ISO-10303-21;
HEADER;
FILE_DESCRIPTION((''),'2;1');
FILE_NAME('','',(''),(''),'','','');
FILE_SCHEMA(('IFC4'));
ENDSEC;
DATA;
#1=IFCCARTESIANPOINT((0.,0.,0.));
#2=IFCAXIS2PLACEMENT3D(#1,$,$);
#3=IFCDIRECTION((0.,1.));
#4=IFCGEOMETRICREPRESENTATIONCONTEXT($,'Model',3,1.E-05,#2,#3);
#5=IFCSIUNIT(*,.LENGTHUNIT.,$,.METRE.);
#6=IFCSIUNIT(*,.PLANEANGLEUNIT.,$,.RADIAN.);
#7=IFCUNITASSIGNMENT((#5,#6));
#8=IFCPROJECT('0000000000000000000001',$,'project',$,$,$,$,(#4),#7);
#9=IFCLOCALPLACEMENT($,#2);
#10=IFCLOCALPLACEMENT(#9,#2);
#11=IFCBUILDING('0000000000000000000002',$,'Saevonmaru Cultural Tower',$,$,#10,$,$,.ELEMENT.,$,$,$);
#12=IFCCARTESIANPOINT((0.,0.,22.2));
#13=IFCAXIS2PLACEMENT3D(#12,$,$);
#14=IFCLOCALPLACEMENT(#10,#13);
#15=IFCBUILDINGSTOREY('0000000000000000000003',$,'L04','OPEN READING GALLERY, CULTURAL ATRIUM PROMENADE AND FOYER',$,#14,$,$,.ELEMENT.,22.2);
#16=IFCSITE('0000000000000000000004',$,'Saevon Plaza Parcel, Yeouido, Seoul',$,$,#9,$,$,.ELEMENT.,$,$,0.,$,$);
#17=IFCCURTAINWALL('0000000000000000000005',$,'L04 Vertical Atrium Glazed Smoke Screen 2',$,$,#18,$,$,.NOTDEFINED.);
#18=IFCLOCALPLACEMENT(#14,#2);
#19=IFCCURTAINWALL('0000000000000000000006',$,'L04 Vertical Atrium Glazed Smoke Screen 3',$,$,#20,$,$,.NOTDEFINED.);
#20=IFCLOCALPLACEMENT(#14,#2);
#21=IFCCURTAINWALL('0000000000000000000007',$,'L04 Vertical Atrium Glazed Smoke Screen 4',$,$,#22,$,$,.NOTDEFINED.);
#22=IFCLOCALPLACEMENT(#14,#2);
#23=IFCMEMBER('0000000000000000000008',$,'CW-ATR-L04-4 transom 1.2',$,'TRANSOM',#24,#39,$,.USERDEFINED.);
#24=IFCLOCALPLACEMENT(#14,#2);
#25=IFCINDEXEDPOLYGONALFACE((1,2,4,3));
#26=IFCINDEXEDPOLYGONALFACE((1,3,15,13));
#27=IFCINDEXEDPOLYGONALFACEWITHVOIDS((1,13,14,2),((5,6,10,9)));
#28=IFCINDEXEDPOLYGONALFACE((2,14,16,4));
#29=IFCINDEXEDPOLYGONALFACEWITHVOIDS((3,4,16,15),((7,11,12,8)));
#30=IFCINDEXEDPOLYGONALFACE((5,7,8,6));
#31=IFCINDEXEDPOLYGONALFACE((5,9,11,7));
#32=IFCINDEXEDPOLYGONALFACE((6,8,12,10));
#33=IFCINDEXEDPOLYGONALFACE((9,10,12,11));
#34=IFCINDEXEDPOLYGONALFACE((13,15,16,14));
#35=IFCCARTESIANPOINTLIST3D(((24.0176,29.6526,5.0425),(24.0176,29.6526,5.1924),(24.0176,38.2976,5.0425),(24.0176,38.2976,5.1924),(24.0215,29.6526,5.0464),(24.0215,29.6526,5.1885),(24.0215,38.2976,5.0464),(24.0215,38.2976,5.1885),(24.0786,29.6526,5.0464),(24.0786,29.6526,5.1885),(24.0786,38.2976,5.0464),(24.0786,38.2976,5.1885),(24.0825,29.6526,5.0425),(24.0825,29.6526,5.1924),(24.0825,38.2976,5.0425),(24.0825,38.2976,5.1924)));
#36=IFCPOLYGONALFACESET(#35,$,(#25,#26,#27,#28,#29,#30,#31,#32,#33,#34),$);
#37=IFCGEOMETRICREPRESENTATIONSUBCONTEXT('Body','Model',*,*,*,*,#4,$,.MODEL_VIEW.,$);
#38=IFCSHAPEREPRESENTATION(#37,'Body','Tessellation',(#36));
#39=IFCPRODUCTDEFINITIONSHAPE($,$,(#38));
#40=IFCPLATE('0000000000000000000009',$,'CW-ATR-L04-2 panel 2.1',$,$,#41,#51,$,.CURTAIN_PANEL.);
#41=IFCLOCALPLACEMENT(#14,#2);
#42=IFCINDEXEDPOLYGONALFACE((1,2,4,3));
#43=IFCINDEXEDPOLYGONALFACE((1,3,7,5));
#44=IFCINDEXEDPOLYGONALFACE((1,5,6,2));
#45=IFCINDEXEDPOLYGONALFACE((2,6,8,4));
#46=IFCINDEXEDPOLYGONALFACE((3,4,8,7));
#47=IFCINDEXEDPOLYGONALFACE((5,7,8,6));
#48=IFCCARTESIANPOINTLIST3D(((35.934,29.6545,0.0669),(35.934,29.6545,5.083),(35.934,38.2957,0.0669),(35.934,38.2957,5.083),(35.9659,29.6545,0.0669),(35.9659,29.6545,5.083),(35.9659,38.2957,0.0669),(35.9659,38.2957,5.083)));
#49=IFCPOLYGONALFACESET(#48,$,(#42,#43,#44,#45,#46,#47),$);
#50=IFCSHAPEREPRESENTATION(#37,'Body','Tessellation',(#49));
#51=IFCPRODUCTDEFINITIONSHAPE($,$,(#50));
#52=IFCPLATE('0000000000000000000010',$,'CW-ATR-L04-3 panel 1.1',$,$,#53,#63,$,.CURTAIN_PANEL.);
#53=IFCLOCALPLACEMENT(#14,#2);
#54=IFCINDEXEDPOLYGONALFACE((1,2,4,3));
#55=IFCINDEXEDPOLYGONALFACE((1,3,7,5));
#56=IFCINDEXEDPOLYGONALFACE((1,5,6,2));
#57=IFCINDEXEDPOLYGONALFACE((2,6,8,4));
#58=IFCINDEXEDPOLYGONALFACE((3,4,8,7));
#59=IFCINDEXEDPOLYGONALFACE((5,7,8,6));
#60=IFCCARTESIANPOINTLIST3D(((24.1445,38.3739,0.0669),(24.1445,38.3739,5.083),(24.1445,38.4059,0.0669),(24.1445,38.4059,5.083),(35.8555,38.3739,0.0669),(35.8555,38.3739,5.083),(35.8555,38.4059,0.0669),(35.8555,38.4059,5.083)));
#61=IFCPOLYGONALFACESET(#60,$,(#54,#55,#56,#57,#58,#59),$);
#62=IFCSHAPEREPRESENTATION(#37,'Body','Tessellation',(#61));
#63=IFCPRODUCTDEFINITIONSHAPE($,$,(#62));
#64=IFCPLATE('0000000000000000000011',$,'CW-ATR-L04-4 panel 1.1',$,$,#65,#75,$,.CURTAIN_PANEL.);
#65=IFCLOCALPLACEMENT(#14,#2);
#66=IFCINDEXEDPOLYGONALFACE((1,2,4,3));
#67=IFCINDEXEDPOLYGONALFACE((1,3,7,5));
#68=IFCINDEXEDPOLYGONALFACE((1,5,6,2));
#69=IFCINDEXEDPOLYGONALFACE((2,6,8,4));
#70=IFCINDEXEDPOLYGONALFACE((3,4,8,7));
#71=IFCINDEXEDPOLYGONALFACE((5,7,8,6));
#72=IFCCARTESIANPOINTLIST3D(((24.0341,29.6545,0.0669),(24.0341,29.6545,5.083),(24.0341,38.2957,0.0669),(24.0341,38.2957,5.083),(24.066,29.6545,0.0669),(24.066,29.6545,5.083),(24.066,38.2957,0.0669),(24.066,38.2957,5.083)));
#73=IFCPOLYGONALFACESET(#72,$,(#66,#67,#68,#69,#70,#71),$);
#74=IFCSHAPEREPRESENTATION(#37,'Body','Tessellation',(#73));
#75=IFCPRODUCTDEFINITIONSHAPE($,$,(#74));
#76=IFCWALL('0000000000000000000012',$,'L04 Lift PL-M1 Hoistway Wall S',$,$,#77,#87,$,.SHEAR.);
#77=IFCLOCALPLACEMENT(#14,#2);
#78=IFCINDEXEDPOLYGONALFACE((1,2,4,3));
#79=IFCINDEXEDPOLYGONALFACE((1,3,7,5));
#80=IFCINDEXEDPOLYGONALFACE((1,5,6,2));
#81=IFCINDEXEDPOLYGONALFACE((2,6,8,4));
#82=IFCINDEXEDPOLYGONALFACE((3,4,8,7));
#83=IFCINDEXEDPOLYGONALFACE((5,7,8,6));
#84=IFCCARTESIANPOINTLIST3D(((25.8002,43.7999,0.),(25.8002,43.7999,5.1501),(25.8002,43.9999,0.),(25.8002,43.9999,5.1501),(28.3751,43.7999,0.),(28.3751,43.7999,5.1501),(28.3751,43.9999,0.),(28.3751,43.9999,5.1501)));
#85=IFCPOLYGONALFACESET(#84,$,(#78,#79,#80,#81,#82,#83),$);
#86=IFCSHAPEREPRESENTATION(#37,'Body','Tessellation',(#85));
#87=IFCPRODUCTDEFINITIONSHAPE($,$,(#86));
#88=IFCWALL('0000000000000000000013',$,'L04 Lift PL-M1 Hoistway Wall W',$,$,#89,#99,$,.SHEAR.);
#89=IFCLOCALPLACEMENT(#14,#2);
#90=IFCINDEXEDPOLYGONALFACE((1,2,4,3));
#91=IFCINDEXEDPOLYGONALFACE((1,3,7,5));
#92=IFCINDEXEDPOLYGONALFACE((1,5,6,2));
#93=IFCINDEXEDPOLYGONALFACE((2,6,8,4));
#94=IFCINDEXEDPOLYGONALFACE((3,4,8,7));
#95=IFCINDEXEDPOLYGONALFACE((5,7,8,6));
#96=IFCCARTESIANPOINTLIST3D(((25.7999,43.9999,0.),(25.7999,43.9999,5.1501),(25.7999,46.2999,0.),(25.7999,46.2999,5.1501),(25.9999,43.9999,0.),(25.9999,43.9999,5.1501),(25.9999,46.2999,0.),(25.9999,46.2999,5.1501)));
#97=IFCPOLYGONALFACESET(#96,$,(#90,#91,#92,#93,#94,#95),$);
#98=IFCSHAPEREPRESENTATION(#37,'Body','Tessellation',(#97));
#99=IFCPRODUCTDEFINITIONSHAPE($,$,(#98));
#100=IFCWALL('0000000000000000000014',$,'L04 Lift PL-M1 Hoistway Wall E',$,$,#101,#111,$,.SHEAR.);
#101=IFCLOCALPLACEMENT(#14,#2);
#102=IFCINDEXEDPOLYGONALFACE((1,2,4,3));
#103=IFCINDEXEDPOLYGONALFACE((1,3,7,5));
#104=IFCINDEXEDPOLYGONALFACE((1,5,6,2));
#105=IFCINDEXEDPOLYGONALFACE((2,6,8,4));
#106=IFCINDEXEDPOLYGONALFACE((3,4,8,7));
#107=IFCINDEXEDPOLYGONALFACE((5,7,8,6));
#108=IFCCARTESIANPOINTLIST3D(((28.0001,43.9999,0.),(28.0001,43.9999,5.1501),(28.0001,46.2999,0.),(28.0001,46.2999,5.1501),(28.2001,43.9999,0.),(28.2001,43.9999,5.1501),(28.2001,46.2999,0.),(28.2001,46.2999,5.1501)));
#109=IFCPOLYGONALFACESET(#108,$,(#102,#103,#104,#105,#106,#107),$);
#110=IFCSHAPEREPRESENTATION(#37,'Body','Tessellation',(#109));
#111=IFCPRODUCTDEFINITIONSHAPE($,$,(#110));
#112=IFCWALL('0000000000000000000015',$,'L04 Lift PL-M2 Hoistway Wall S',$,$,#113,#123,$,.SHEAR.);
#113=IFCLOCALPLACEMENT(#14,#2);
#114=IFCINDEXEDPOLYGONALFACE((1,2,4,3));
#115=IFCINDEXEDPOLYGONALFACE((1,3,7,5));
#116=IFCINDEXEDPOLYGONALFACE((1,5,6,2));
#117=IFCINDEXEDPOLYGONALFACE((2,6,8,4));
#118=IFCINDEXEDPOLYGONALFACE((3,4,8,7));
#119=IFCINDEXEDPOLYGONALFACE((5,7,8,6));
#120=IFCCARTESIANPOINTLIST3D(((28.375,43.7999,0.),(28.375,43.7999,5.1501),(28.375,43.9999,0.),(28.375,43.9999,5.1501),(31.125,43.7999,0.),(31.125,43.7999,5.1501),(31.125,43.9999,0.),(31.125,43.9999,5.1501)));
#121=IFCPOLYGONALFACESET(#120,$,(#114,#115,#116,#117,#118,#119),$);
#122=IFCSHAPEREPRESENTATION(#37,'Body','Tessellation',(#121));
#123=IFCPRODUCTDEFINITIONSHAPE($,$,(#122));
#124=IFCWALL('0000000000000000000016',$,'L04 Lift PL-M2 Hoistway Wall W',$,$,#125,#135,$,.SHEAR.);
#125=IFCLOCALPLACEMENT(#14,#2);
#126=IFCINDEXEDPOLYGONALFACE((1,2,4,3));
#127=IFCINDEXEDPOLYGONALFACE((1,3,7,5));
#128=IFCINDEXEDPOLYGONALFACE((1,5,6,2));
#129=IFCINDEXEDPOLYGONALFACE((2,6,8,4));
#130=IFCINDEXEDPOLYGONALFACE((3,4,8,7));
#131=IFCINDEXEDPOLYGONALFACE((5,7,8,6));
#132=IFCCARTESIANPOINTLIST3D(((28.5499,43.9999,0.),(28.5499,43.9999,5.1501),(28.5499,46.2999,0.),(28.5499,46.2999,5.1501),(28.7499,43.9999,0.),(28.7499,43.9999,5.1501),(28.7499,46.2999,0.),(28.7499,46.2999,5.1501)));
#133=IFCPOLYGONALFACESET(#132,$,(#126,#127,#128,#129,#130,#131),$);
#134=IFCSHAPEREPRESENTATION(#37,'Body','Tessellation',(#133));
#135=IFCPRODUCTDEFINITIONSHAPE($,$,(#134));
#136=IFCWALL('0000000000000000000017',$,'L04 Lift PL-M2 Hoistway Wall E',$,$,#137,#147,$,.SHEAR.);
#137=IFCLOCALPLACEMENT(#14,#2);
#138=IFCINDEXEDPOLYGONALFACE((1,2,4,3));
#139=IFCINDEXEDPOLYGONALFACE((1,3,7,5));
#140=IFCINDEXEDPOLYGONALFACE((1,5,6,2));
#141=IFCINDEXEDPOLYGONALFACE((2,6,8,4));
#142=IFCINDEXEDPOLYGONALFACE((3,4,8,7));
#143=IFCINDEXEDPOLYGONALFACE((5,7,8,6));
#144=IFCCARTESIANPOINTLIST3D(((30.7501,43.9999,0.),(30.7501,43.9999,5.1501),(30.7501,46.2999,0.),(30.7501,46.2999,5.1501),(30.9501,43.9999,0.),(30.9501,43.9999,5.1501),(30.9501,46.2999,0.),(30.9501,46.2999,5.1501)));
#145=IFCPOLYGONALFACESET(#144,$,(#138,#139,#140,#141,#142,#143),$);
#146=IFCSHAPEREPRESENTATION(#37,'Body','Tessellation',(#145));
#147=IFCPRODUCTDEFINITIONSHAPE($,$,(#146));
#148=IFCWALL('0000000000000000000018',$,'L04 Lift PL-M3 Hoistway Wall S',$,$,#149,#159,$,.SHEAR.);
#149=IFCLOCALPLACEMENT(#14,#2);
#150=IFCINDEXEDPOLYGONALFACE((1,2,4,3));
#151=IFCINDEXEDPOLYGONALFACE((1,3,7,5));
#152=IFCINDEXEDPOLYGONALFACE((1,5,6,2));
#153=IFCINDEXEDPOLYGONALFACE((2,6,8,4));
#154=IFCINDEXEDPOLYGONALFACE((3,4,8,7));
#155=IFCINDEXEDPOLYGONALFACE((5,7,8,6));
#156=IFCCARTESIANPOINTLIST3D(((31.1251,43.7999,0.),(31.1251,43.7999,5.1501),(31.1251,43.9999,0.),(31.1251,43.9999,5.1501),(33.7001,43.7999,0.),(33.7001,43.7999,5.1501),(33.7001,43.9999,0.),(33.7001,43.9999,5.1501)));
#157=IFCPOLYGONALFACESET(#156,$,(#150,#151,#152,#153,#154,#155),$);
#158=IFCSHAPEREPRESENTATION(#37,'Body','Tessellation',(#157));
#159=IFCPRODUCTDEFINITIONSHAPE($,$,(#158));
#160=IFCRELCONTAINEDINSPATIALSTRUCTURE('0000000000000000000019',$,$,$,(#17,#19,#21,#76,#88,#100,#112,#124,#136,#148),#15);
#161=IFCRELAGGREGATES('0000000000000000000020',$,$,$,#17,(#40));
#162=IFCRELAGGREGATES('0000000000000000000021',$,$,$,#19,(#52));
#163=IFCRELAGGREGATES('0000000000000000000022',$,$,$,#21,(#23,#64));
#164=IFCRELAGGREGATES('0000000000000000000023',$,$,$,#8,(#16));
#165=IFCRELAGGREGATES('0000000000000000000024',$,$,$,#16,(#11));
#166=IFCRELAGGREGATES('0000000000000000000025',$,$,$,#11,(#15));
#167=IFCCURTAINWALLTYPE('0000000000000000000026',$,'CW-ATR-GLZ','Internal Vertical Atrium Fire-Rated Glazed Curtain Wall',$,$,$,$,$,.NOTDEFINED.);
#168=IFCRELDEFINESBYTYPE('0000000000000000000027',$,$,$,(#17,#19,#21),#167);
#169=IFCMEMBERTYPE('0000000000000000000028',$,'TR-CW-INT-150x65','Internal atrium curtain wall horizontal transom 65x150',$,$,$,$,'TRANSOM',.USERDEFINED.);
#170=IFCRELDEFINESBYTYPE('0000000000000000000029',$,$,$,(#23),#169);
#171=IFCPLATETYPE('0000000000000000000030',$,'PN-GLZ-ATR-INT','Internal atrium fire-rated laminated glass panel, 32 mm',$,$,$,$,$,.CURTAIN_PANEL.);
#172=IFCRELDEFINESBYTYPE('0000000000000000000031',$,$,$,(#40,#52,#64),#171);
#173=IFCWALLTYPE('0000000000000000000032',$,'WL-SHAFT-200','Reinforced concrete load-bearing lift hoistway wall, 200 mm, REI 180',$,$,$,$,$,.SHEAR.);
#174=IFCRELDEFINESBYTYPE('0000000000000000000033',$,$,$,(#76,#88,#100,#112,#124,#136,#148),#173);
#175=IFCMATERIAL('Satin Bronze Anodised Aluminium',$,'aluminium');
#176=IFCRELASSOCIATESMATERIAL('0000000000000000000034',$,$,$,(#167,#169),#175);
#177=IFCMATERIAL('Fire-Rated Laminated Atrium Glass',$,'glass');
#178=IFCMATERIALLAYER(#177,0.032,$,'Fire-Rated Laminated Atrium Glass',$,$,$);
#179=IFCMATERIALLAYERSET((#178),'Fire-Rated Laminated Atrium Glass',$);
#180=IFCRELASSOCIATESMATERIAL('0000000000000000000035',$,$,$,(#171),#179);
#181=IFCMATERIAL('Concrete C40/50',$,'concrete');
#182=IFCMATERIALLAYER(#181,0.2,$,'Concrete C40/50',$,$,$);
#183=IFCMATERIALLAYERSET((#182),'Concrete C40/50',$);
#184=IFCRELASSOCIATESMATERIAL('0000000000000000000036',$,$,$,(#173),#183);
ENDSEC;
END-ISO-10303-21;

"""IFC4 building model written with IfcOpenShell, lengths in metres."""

from ifc_helpers import new_model, si_unit, direction, frame, frame_2d, origin, origin_2d, place, context, subcontext, project, spatial, rectangle, hollow_rectangle, extrude, material, layer, layer_set, material_profile, profile_set, type_object, element, aggregate, save


model = new_model("IFC4")

# Units and contexts
model_context = context("Model", 3, precision=1e-05, world=origin(), true_north=direction((0.0, 1.0)))
body_context = subcontext(model_context, "Body", "Model", "MODEL_VIEW")
ifc_project = project(units=[si_unit("LENGTHUNIT", "METRE"), si_unit("PLANEANGLEUNIT", "RADIAN")], contexts=[model_context])

# Site, building, storey
site_placement = place(None, origin())
site = spatial("IfcSite", under=ifc_project, at=site_placement, Name="Saevon Plaza Parcel, Yeouido, Seoul", CompositionType="ELEMENT", RefElevation=0.0)
building_placement = place(site_placement, origin())
building = spatial("IfcBuilding", under=site, at=building_placement, Name="Saevonmaru Cultural Tower", CompositionType="ELEMENT")
storey_placement = place(building_placement, frame((0.0, 0.0, 22.2)))
storey = spatial("IfcBuildingStorey", under=building, at=storey_placement, Name="L04", Description="OPEN READING GALLERY, CULTURAL ATRIUM PROMENADE AND FOYER", CompositionType="ELEMENT", Elevation=22.2)

# Curtain wall
ifc_material_1 = material(Name="Satin Bronze Anodised Aluminium", Category="aluminium")
curtain_wall_type = type_object("IfcCurtainWallType", Name="CW-ATR-GLZ", Description="Internal Vertical Atrium Fire-Rated Glazed Curtain Wall", PredefinedType="NOTDEFINED", material=ifc_material_1)
curtain_wall_1_placement = place(storey_placement, origin())
curtain_wall_1 = element("IfcCurtainWall", 1, at=curtain_wall_1_placement, inside=storey, type_object=curtain_wall_type, Name="L04 Vertical Atrium Glazed Smoke Screen 2", PredefinedType="NOTDEFINED")

# Curtain wall
curtain_wall_2_placement = place(storey_placement, origin())
curtain_wall_2 = element("IfcCurtainWall", 2, at=curtain_wall_2_placement, inside=storey, type_object=curtain_wall_type, Name="L04 Vertical Atrium Glazed Smoke Screen 3", PredefinedType="NOTDEFINED")

# Curtain wall
curtain_wall_3_placement = place(storey_placement, origin())
curtain_wall_3 = element("IfcCurtainWall", 3, at=curtain_wall_3_placement, inside=storey, type_object=curtain_wall_type, Name="L04 Vertical Atrium Glazed Smoke Screen 4", PredefinedType="NOTDEFINED")

# Member
ifc_material_profile_1 = material_profile(ifc_material_1, hollow_rectangle(XDim=0.0649, YDim=0.1499, WallThickness=0.0039, at=origin_2d()), Name="ALU-TRAN-150x65x4")
ifc_profile_set_1 = profile_set([ifc_material_profile_1], Name="Satin Bronze Anodised Aluminium")
member_type_1 = type_object("IfcMemberType", Name="TR-CW-INT-150x65", Description="Internal atrium curtain wall horizontal transom 65x150", ElementType="TRANSOM", PredefinedType="USERDEFINED", material=ifc_profile_set_1)
member_1_placement = place(storey_placement, frame((24.05, 38.2976, 5.1174), z_axis=(0.0, -1.0, 0.0), x_axis=(1.0, 0.0, 0.0)))
member_1 = element("IfcMember", 4, at=member_1_placement, type_object=member_type_1, Name="CW-ATR-L04-4 transom 1.2", ObjectType="TRANSOM", PredefinedType="USERDEFINED", context=body_context, shape_type="SweptSolid", body=[
    extrude(hollow_rectangle(XDim=0.0649, YDim=0.1499, WallThickness=0.0039, at=origin_2d()), origin(), (0.0, 0.0, 1.0), 8.645),
])

# Plates
ifc_material_2 = material(Name="Fire-Rated Laminated Atrium Glass", Category="glass")
ifc_layer_1 = layer(ifc_material_2, 0.032, Name="Fire-Rated Laminated Atrium Glass")
ifc_layer_set_1 = layer_set([ifc_layer_1], Name="Fire-Rated Laminated Atrium Glass")
plate_type = type_object("IfcPlateType", Name="PN-GLZ-ATR-INT", Description="Internal atrium fire-rated laminated glass panel, 32 mm", PredefinedType="CURTAIN_PANEL", material=ifc_layer_set_1)
plate_1_placement = place(storey_placement, frame((35.95, 33.9751, 0.0669), z_axis=(0.0, 0.0, 1.0), x_axis=(0.0, 1.0, 0.0)))
plate_1 = element("IfcPlate", 5, at=plate_1_placement, type_object=plate_type, Name="CW-ATR-L04-2 panel 2.1", PredefinedType="CURTAIN_PANEL", context=body_context, shape_type="SweptSolid", body=[
    extrude(rectangle(XDim=8.6411, YDim=0.032, at=origin_2d()), origin(), (0.0, 0.0, 1.0), 5.0161),
])
aggregate(curtain_wall_1, [plate_1])
plate_2_placement = place(storey_placement, frame((30.0, 38.3899, 0.0669), z_axis=(0.0, 0.0, 1.0), x_axis=(-1.0, 0.0, 0.0)))
plate_2 = element("IfcPlate", 6, at=plate_2_placement, type_object=plate_type, Name="CW-ATR-L04-3 panel 1.1", PredefinedType="CURTAIN_PANEL", context=body_context, shape_type="SweptSolid", body=[
    extrude(rectangle(XDim=11.7109, YDim=0.032, at=origin_2d()), origin(), (0.0, 0.0, 1.0), 5.0161),
])
aggregate(curtain_wall_2, [plate_2])
plate_3_placement = place(storey_placement, frame((24.05, 33.9751, 0.0669), z_axis=(0.0, 0.0, 1.0), x_axis=(0.0, -1.0, 0.0)))
plate_3 = element("IfcPlate", 7, at=plate_3_placement, type_object=plate_type, Name="CW-ATR-L04-4 panel 1.1", PredefinedType="CURTAIN_PANEL", context=body_context, shape_type="SweptSolid", body=[
    extrude(rectangle(XDim=8.6411, YDim=0.032, at=origin_2d()), origin(), (0.0, 0.0, 1.0), 5.0161),
])
aggregate(curtain_wall_3, [member_1, plate_3])

# Walls
ifc_material_3 = material(Name="Concrete C40/50", Category="concrete")
ifc_layer_2 = layer(ifc_material_3, 0.2, Name="Concrete C40/50")
ifc_layer_set_2 = layer_set([ifc_layer_2], Name="Concrete C40/50")
wall_type = type_object("IfcWallType", Name="WL-SHAFT-200", Description="Reinforced concrete load-bearing lift hoistway wall, 200 mm, REI 180", PredefinedType="SHEAR", material=ifc_layer_set_2)
wall_1_placement = place(storey_placement, frame((25.8, 43.8999, 0.0), z_axis=(0.0, 0.0, 1.0), x_axis=(1.0, 0.0, 0.0)))
element("IfcWall", 8, at=wall_1_placement, inside=storey, type_object=wall_type, Name="L04 Lift PL-M1 Hoistway Wall S", PredefinedType="SHEAR", context=body_context, shape_type="SweptSolid", body=[
    extrude(rectangle(XDim=2.575, YDim=0.2, at=frame_2d((1.2876, 0.0))), origin(), (0.0, 0.0, 1.0), 5.1501),
])
for number, where, z_axis, x_axis, name in (
    (9, (25.8999, 44.0, 0.0), (0.0, 0.0, 1.0), (0.0, 1.0, 0.0), "L04 Lift PL-M1 Hoistway Wall W"),
    (10, (28.1001, 44.0, 0.0), (0.0, 0.0, 1.0), (0.0, 1.0, 0.0), "L04 Lift PL-M1 Hoistway Wall E"),
):
    element("IfcWall", number, at=place(storey_placement, frame(where, z_axis=z_axis, x_axis=x_axis)), inside=storey, type_object=wall_type, Name=name, PredefinedType="SHEAR", context=body_context, shape_type="SweptSolid", body=[
        extrude(rectangle(XDim=2.3, YDim=0.2, at=frame_2d((1.1499, 0.0))), origin(), (0.0, 0.0, 1.0), 5.1501),
    ])
wall_2_placement = place(storey_placement, frame((28.375, 43.8999, 0.0), z_axis=(0.0, 0.0, 1.0), x_axis=(1.0, 0.0, 0.0)))
element("IfcWall", 11, at=wall_2_placement, inside=storey, type_object=wall_type, Name="L04 Lift PL-M2 Hoistway Wall S", PredefinedType="SHEAR", context=body_context, shape_type="SweptSolid", body=[
    extrude(rectangle(XDim=2.75, YDim=0.2, at=frame_2d((1.375, 0.0))), origin(), (0.0, 0.0, 1.0), 5.1501),
])
for number, where, z_axis, x_axis, name in (
    (12, (28.6499, 44.0, 0.0), (0.0, 0.0, 1.0), (0.0, 1.0, 0.0), "L04 Lift PL-M2 Hoistway Wall W"),
    (13, (30.8501, 44.0, 0.0), (0.0, 0.0, 1.0), (0.0, 1.0, 0.0), "L04 Lift PL-M2 Hoistway Wall E"),
):
    element("IfcWall", number, at=place(storey_placement, frame(where, z_axis=z_axis, x_axis=x_axis)), inside=storey, type_object=wall_type, Name=name, PredefinedType="SHEAR", context=body_context, shape_type="SweptSolid", body=[
        extrude(rectangle(XDim=2.3, YDim=0.2, at=frame_2d((1.1499, 0.0))), origin(), (0.0, 0.0, 1.0), 5.1501),
    ])
wall_3_placement = place(storey_placement, frame((31.125, 43.8999, 0.0), z_axis=(0.0, 0.0, 1.0), x_axis=(1.0, 0.0, 0.0)))
element("IfcWall", 14, at=wall_3_placement, inside=storey, type_object=wall_type, Name="L04 Lift PL-M3 Hoistway Wall S", PredefinedType="SHEAR", context=body_context, shape_type="SweptSolid", body=[
    extrude(rectangle(XDim=2.575, YDim=0.2, at=frame_2d((1.2876, 0.0))), origin(), (0.0, 0.0, 1.0), 5.1501),
])

save(model, "model.ifc")
